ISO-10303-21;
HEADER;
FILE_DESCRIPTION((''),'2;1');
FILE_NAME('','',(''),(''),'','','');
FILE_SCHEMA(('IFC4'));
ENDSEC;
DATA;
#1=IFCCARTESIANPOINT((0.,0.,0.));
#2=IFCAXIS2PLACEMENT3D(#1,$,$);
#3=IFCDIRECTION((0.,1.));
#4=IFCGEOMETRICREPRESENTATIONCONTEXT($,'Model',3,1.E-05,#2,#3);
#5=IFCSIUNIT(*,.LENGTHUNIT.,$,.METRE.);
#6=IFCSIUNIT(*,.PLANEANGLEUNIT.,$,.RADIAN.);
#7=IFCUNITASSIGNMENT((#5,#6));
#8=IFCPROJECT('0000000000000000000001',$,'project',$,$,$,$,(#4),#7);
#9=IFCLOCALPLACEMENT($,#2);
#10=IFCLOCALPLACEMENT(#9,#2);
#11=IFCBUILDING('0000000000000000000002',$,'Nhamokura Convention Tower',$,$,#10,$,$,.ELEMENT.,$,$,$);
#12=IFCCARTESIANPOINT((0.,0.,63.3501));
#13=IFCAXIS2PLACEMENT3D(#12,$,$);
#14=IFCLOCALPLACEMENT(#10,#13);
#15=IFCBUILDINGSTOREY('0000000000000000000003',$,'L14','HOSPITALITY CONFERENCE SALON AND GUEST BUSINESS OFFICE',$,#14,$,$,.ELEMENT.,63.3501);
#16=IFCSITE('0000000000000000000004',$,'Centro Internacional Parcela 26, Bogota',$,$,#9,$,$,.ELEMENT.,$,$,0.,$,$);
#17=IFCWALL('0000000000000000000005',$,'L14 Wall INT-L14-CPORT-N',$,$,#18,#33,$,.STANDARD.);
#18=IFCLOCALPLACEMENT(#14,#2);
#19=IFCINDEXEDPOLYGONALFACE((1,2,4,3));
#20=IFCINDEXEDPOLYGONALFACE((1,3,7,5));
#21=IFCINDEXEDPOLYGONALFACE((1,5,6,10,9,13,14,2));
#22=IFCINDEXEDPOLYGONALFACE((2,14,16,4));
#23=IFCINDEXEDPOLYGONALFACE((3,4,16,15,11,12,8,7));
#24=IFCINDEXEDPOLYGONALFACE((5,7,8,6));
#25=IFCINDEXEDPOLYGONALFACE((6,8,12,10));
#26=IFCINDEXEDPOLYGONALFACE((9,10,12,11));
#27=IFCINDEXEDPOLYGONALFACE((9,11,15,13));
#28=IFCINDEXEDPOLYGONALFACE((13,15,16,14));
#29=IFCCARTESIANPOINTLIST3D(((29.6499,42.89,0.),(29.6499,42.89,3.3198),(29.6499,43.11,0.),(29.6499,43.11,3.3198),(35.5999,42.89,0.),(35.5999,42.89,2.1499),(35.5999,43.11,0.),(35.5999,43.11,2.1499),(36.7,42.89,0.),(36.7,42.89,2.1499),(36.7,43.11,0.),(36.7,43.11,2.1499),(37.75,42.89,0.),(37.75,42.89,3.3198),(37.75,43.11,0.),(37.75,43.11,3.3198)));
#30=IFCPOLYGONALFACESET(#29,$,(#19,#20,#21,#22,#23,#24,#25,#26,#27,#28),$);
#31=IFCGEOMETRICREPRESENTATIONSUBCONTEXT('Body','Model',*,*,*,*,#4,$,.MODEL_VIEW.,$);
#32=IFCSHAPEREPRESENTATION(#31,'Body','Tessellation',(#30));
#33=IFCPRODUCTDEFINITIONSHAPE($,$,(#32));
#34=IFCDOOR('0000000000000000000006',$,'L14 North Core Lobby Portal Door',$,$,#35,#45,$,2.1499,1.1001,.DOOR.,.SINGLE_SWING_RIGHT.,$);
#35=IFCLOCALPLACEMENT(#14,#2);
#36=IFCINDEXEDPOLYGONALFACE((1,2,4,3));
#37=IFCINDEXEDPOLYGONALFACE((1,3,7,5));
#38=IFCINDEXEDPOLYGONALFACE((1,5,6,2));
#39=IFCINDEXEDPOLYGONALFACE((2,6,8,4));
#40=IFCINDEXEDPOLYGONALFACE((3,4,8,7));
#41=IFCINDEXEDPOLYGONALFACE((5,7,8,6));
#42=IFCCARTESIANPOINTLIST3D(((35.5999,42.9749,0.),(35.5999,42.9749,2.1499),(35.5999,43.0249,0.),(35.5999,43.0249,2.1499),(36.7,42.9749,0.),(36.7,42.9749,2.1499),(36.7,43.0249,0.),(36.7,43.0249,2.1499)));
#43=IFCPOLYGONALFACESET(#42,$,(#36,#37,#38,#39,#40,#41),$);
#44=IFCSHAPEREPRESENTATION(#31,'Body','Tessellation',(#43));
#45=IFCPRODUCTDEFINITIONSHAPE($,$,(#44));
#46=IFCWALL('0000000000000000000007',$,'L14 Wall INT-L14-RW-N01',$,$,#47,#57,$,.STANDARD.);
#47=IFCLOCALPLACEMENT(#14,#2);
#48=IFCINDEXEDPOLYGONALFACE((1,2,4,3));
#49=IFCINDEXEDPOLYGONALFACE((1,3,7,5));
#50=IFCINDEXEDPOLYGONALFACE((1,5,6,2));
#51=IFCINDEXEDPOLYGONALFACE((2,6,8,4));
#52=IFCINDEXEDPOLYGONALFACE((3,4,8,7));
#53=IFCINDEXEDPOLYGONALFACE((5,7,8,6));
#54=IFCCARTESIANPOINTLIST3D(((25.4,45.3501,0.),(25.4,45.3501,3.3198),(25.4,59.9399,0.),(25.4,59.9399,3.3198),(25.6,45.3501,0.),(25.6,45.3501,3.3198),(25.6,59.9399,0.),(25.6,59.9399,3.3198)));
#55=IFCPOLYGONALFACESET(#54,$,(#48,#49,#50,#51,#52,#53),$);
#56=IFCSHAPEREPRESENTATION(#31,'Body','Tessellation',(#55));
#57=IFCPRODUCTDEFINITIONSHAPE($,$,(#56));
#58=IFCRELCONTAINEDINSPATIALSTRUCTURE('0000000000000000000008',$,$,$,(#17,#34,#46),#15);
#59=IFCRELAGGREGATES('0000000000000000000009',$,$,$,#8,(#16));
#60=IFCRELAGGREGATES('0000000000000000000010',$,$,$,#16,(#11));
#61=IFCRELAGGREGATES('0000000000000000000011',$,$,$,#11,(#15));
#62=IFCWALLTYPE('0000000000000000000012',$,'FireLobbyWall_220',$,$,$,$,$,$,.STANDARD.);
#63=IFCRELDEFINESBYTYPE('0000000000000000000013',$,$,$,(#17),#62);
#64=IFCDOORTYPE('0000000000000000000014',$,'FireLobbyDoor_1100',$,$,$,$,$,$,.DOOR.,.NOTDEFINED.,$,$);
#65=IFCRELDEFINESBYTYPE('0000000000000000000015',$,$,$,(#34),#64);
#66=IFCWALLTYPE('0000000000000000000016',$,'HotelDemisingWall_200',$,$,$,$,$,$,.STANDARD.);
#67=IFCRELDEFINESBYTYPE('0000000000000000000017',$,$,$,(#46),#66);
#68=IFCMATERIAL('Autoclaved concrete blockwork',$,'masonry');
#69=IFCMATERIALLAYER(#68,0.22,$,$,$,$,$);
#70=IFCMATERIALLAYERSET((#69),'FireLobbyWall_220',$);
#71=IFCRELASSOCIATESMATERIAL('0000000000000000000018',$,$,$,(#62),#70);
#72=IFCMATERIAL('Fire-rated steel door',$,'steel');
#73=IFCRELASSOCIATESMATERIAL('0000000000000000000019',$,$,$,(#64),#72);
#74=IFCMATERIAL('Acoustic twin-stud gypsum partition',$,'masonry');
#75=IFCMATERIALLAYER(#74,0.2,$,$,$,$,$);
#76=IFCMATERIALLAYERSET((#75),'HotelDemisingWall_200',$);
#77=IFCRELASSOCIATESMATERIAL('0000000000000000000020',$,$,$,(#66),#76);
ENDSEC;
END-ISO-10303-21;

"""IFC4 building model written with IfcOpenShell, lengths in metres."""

from ifc_helpers import new_model, si_unit, direction, frame, frame_2d, origin, place, context, subcontext, project, spatial, rectangle, extrude, material, layer, layer_set, type_object, element, fill, save


model = new_model("IFC4")

# Units and contexts
model_context = context("Model", 3, precision=1e-05, world=origin(), true_north=direction((0.0, 1.0)))
body_context = subcontext(model_context, "Body", "Model", "MODEL_VIEW")
ifc_project = project(units=[si_unit("LENGTHUNIT", "METRE"), si_unit("PLANEANGLEUNIT", "RADIAN")], contexts=[model_context])

# Site, building, storey
site_placement = place(None, origin())
site = spatial("IfcSite", under=ifc_project, at=site_placement, Name="Centro Internacional Parcela 26, Bogota", CompositionType="ELEMENT", RefElevation=0.0)
building_placement = place(site_placement, origin())
building = spatial("IfcBuilding", under=site, at=building_placement, Name="Nhamokura Convention Tower", CompositionType="ELEMENT")
storey_placement = place(building_placement, frame((0.0, 0.0, 63.3501)))
storey = spatial("IfcBuildingStorey", under=building, at=storey_placement, Name="L14", Description="HOSPITALITY CONFERENCE SALON AND GUEST BUSINESS OFFICE", CompositionType="ELEMENT", Elevation=63.3501)

# Wall, opening, door
ifc_material_1 = material(Name="Autoclaved concrete blockwork", Category="masonry")
ifc_layer_1 = layer(ifc_material_1, 0.22)
ifc_layer_set_1 = layer_set([ifc_layer_1], Name="FireLobbyWall_220")
wall_type_1 = type_object("IfcWallType", Name="FireLobbyWall_220", PredefinedType="STANDARD", material=ifc_layer_set_1)
wall_1_placement = place(storey_placement, frame((29.6499, 43.0, 0.0), z_axis=(0.0, 0.0, 1.0), x_axis=(1.0, 0.0, 0.0)))
wall_1 = element("IfcWall", 1, at=wall_1_placement, inside=storey, type_object=wall_type_1, Name="L14 Wall INT-L14-CPORT-N", PredefinedType="STANDARD", context=body_context, shape_type="SweptSolid", body=[
    extrude(rectangle(XDim=8.1001, YDim=0.22, at=frame_2d((4.05, 0.0))), origin(), (0.0, 0.0, 1.0), 3.3198),
])
opening_1_placement = place(wall_1_placement, frame((5.95, 0.0, 0.0)))
opening_1 = element("IfcOpeningElement", 2, at=opening_1_placement, cuts=wall_1, PredefinedType="OPENING", context=body_context, shape_type="SweptSolid", body=[
    extrude(rectangle(XDim=1.1001, YDim=2.1499, at=frame_2d((0.55, 1.075))), frame((0.0, 0.1199, 0.0), z_axis=(0.0, -1.0, 0.0), x_axis=(1.0, 0.0, 0.0)), (0.0, 0.0, 1.0), 0.24),
])
ifc_material_2 = material(Name="Fire-rated steel door", Category="steel")
door_type_1 = type_object("IfcDoorType", Name="FireLobbyDoor_1100", OperationType="NOTDEFINED", PredefinedType="DOOR", material=ifc_material_2)
door_1_placement = place(opening_1_placement, origin())
door_1 = element("IfcDoor", 3, at=door_1_placement, inside=storey, type_object=door_type_1, Name="L14 North Core Lobby Portal Door", OperationType="SINGLE_SWING_RIGHT", OverallHeight=2.1499, OverallWidth=1.1001, PredefinedType="DOOR", context=body_context, shape_type="SweptSolid", body=[
    extrude(rectangle(XDim=1.1001, YDim=2.1499, at=frame_2d((0.55, 1.075))), frame((0.0, 0.0249, 0.0), z_axis=(0.0, -1.0, 0.0), x_axis=(1.0, 0.0, 0.0)), (0.0, 0.0, 1.0), 0.05),
])
fill(opening_1, door_1)

# Wall
ifc_material_3 = material(Name="Acoustic twin-stud gypsum partition", Category="masonry")
ifc_layer_2 = layer(ifc_material_3, 0.2)
ifc_layer_set_2 = layer_set([ifc_layer_2], Name="HotelDemisingWall_200")
wall_type_2 = type_object("IfcWallType", Name="HotelDemisingWall_200", PredefinedType="STANDARD", material=ifc_layer_set_2)
wall_2_placement = place(storey_placement, frame((25.5, 45.3501, 0.0), z_axis=(0.0, 0.0, 1.0), x_axis=(0.0, 1.0, 0.0)))
element("IfcWall", 4, at=wall_2_placement, inside=storey, type_object=wall_type_2, Name="L14 Wall INT-L14-RW-N01", PredefinedType="STANDARD", context=body_context, shape_type="SweptSolid", body=[
    extrude(rectangle(XDim=14.5898, YDim=0.2, at=frame_2d((7.2949, 0.0))), origin(), (0.0, 0.0, 1.0), 3.3198),
])

save(model, "model.ifc")
